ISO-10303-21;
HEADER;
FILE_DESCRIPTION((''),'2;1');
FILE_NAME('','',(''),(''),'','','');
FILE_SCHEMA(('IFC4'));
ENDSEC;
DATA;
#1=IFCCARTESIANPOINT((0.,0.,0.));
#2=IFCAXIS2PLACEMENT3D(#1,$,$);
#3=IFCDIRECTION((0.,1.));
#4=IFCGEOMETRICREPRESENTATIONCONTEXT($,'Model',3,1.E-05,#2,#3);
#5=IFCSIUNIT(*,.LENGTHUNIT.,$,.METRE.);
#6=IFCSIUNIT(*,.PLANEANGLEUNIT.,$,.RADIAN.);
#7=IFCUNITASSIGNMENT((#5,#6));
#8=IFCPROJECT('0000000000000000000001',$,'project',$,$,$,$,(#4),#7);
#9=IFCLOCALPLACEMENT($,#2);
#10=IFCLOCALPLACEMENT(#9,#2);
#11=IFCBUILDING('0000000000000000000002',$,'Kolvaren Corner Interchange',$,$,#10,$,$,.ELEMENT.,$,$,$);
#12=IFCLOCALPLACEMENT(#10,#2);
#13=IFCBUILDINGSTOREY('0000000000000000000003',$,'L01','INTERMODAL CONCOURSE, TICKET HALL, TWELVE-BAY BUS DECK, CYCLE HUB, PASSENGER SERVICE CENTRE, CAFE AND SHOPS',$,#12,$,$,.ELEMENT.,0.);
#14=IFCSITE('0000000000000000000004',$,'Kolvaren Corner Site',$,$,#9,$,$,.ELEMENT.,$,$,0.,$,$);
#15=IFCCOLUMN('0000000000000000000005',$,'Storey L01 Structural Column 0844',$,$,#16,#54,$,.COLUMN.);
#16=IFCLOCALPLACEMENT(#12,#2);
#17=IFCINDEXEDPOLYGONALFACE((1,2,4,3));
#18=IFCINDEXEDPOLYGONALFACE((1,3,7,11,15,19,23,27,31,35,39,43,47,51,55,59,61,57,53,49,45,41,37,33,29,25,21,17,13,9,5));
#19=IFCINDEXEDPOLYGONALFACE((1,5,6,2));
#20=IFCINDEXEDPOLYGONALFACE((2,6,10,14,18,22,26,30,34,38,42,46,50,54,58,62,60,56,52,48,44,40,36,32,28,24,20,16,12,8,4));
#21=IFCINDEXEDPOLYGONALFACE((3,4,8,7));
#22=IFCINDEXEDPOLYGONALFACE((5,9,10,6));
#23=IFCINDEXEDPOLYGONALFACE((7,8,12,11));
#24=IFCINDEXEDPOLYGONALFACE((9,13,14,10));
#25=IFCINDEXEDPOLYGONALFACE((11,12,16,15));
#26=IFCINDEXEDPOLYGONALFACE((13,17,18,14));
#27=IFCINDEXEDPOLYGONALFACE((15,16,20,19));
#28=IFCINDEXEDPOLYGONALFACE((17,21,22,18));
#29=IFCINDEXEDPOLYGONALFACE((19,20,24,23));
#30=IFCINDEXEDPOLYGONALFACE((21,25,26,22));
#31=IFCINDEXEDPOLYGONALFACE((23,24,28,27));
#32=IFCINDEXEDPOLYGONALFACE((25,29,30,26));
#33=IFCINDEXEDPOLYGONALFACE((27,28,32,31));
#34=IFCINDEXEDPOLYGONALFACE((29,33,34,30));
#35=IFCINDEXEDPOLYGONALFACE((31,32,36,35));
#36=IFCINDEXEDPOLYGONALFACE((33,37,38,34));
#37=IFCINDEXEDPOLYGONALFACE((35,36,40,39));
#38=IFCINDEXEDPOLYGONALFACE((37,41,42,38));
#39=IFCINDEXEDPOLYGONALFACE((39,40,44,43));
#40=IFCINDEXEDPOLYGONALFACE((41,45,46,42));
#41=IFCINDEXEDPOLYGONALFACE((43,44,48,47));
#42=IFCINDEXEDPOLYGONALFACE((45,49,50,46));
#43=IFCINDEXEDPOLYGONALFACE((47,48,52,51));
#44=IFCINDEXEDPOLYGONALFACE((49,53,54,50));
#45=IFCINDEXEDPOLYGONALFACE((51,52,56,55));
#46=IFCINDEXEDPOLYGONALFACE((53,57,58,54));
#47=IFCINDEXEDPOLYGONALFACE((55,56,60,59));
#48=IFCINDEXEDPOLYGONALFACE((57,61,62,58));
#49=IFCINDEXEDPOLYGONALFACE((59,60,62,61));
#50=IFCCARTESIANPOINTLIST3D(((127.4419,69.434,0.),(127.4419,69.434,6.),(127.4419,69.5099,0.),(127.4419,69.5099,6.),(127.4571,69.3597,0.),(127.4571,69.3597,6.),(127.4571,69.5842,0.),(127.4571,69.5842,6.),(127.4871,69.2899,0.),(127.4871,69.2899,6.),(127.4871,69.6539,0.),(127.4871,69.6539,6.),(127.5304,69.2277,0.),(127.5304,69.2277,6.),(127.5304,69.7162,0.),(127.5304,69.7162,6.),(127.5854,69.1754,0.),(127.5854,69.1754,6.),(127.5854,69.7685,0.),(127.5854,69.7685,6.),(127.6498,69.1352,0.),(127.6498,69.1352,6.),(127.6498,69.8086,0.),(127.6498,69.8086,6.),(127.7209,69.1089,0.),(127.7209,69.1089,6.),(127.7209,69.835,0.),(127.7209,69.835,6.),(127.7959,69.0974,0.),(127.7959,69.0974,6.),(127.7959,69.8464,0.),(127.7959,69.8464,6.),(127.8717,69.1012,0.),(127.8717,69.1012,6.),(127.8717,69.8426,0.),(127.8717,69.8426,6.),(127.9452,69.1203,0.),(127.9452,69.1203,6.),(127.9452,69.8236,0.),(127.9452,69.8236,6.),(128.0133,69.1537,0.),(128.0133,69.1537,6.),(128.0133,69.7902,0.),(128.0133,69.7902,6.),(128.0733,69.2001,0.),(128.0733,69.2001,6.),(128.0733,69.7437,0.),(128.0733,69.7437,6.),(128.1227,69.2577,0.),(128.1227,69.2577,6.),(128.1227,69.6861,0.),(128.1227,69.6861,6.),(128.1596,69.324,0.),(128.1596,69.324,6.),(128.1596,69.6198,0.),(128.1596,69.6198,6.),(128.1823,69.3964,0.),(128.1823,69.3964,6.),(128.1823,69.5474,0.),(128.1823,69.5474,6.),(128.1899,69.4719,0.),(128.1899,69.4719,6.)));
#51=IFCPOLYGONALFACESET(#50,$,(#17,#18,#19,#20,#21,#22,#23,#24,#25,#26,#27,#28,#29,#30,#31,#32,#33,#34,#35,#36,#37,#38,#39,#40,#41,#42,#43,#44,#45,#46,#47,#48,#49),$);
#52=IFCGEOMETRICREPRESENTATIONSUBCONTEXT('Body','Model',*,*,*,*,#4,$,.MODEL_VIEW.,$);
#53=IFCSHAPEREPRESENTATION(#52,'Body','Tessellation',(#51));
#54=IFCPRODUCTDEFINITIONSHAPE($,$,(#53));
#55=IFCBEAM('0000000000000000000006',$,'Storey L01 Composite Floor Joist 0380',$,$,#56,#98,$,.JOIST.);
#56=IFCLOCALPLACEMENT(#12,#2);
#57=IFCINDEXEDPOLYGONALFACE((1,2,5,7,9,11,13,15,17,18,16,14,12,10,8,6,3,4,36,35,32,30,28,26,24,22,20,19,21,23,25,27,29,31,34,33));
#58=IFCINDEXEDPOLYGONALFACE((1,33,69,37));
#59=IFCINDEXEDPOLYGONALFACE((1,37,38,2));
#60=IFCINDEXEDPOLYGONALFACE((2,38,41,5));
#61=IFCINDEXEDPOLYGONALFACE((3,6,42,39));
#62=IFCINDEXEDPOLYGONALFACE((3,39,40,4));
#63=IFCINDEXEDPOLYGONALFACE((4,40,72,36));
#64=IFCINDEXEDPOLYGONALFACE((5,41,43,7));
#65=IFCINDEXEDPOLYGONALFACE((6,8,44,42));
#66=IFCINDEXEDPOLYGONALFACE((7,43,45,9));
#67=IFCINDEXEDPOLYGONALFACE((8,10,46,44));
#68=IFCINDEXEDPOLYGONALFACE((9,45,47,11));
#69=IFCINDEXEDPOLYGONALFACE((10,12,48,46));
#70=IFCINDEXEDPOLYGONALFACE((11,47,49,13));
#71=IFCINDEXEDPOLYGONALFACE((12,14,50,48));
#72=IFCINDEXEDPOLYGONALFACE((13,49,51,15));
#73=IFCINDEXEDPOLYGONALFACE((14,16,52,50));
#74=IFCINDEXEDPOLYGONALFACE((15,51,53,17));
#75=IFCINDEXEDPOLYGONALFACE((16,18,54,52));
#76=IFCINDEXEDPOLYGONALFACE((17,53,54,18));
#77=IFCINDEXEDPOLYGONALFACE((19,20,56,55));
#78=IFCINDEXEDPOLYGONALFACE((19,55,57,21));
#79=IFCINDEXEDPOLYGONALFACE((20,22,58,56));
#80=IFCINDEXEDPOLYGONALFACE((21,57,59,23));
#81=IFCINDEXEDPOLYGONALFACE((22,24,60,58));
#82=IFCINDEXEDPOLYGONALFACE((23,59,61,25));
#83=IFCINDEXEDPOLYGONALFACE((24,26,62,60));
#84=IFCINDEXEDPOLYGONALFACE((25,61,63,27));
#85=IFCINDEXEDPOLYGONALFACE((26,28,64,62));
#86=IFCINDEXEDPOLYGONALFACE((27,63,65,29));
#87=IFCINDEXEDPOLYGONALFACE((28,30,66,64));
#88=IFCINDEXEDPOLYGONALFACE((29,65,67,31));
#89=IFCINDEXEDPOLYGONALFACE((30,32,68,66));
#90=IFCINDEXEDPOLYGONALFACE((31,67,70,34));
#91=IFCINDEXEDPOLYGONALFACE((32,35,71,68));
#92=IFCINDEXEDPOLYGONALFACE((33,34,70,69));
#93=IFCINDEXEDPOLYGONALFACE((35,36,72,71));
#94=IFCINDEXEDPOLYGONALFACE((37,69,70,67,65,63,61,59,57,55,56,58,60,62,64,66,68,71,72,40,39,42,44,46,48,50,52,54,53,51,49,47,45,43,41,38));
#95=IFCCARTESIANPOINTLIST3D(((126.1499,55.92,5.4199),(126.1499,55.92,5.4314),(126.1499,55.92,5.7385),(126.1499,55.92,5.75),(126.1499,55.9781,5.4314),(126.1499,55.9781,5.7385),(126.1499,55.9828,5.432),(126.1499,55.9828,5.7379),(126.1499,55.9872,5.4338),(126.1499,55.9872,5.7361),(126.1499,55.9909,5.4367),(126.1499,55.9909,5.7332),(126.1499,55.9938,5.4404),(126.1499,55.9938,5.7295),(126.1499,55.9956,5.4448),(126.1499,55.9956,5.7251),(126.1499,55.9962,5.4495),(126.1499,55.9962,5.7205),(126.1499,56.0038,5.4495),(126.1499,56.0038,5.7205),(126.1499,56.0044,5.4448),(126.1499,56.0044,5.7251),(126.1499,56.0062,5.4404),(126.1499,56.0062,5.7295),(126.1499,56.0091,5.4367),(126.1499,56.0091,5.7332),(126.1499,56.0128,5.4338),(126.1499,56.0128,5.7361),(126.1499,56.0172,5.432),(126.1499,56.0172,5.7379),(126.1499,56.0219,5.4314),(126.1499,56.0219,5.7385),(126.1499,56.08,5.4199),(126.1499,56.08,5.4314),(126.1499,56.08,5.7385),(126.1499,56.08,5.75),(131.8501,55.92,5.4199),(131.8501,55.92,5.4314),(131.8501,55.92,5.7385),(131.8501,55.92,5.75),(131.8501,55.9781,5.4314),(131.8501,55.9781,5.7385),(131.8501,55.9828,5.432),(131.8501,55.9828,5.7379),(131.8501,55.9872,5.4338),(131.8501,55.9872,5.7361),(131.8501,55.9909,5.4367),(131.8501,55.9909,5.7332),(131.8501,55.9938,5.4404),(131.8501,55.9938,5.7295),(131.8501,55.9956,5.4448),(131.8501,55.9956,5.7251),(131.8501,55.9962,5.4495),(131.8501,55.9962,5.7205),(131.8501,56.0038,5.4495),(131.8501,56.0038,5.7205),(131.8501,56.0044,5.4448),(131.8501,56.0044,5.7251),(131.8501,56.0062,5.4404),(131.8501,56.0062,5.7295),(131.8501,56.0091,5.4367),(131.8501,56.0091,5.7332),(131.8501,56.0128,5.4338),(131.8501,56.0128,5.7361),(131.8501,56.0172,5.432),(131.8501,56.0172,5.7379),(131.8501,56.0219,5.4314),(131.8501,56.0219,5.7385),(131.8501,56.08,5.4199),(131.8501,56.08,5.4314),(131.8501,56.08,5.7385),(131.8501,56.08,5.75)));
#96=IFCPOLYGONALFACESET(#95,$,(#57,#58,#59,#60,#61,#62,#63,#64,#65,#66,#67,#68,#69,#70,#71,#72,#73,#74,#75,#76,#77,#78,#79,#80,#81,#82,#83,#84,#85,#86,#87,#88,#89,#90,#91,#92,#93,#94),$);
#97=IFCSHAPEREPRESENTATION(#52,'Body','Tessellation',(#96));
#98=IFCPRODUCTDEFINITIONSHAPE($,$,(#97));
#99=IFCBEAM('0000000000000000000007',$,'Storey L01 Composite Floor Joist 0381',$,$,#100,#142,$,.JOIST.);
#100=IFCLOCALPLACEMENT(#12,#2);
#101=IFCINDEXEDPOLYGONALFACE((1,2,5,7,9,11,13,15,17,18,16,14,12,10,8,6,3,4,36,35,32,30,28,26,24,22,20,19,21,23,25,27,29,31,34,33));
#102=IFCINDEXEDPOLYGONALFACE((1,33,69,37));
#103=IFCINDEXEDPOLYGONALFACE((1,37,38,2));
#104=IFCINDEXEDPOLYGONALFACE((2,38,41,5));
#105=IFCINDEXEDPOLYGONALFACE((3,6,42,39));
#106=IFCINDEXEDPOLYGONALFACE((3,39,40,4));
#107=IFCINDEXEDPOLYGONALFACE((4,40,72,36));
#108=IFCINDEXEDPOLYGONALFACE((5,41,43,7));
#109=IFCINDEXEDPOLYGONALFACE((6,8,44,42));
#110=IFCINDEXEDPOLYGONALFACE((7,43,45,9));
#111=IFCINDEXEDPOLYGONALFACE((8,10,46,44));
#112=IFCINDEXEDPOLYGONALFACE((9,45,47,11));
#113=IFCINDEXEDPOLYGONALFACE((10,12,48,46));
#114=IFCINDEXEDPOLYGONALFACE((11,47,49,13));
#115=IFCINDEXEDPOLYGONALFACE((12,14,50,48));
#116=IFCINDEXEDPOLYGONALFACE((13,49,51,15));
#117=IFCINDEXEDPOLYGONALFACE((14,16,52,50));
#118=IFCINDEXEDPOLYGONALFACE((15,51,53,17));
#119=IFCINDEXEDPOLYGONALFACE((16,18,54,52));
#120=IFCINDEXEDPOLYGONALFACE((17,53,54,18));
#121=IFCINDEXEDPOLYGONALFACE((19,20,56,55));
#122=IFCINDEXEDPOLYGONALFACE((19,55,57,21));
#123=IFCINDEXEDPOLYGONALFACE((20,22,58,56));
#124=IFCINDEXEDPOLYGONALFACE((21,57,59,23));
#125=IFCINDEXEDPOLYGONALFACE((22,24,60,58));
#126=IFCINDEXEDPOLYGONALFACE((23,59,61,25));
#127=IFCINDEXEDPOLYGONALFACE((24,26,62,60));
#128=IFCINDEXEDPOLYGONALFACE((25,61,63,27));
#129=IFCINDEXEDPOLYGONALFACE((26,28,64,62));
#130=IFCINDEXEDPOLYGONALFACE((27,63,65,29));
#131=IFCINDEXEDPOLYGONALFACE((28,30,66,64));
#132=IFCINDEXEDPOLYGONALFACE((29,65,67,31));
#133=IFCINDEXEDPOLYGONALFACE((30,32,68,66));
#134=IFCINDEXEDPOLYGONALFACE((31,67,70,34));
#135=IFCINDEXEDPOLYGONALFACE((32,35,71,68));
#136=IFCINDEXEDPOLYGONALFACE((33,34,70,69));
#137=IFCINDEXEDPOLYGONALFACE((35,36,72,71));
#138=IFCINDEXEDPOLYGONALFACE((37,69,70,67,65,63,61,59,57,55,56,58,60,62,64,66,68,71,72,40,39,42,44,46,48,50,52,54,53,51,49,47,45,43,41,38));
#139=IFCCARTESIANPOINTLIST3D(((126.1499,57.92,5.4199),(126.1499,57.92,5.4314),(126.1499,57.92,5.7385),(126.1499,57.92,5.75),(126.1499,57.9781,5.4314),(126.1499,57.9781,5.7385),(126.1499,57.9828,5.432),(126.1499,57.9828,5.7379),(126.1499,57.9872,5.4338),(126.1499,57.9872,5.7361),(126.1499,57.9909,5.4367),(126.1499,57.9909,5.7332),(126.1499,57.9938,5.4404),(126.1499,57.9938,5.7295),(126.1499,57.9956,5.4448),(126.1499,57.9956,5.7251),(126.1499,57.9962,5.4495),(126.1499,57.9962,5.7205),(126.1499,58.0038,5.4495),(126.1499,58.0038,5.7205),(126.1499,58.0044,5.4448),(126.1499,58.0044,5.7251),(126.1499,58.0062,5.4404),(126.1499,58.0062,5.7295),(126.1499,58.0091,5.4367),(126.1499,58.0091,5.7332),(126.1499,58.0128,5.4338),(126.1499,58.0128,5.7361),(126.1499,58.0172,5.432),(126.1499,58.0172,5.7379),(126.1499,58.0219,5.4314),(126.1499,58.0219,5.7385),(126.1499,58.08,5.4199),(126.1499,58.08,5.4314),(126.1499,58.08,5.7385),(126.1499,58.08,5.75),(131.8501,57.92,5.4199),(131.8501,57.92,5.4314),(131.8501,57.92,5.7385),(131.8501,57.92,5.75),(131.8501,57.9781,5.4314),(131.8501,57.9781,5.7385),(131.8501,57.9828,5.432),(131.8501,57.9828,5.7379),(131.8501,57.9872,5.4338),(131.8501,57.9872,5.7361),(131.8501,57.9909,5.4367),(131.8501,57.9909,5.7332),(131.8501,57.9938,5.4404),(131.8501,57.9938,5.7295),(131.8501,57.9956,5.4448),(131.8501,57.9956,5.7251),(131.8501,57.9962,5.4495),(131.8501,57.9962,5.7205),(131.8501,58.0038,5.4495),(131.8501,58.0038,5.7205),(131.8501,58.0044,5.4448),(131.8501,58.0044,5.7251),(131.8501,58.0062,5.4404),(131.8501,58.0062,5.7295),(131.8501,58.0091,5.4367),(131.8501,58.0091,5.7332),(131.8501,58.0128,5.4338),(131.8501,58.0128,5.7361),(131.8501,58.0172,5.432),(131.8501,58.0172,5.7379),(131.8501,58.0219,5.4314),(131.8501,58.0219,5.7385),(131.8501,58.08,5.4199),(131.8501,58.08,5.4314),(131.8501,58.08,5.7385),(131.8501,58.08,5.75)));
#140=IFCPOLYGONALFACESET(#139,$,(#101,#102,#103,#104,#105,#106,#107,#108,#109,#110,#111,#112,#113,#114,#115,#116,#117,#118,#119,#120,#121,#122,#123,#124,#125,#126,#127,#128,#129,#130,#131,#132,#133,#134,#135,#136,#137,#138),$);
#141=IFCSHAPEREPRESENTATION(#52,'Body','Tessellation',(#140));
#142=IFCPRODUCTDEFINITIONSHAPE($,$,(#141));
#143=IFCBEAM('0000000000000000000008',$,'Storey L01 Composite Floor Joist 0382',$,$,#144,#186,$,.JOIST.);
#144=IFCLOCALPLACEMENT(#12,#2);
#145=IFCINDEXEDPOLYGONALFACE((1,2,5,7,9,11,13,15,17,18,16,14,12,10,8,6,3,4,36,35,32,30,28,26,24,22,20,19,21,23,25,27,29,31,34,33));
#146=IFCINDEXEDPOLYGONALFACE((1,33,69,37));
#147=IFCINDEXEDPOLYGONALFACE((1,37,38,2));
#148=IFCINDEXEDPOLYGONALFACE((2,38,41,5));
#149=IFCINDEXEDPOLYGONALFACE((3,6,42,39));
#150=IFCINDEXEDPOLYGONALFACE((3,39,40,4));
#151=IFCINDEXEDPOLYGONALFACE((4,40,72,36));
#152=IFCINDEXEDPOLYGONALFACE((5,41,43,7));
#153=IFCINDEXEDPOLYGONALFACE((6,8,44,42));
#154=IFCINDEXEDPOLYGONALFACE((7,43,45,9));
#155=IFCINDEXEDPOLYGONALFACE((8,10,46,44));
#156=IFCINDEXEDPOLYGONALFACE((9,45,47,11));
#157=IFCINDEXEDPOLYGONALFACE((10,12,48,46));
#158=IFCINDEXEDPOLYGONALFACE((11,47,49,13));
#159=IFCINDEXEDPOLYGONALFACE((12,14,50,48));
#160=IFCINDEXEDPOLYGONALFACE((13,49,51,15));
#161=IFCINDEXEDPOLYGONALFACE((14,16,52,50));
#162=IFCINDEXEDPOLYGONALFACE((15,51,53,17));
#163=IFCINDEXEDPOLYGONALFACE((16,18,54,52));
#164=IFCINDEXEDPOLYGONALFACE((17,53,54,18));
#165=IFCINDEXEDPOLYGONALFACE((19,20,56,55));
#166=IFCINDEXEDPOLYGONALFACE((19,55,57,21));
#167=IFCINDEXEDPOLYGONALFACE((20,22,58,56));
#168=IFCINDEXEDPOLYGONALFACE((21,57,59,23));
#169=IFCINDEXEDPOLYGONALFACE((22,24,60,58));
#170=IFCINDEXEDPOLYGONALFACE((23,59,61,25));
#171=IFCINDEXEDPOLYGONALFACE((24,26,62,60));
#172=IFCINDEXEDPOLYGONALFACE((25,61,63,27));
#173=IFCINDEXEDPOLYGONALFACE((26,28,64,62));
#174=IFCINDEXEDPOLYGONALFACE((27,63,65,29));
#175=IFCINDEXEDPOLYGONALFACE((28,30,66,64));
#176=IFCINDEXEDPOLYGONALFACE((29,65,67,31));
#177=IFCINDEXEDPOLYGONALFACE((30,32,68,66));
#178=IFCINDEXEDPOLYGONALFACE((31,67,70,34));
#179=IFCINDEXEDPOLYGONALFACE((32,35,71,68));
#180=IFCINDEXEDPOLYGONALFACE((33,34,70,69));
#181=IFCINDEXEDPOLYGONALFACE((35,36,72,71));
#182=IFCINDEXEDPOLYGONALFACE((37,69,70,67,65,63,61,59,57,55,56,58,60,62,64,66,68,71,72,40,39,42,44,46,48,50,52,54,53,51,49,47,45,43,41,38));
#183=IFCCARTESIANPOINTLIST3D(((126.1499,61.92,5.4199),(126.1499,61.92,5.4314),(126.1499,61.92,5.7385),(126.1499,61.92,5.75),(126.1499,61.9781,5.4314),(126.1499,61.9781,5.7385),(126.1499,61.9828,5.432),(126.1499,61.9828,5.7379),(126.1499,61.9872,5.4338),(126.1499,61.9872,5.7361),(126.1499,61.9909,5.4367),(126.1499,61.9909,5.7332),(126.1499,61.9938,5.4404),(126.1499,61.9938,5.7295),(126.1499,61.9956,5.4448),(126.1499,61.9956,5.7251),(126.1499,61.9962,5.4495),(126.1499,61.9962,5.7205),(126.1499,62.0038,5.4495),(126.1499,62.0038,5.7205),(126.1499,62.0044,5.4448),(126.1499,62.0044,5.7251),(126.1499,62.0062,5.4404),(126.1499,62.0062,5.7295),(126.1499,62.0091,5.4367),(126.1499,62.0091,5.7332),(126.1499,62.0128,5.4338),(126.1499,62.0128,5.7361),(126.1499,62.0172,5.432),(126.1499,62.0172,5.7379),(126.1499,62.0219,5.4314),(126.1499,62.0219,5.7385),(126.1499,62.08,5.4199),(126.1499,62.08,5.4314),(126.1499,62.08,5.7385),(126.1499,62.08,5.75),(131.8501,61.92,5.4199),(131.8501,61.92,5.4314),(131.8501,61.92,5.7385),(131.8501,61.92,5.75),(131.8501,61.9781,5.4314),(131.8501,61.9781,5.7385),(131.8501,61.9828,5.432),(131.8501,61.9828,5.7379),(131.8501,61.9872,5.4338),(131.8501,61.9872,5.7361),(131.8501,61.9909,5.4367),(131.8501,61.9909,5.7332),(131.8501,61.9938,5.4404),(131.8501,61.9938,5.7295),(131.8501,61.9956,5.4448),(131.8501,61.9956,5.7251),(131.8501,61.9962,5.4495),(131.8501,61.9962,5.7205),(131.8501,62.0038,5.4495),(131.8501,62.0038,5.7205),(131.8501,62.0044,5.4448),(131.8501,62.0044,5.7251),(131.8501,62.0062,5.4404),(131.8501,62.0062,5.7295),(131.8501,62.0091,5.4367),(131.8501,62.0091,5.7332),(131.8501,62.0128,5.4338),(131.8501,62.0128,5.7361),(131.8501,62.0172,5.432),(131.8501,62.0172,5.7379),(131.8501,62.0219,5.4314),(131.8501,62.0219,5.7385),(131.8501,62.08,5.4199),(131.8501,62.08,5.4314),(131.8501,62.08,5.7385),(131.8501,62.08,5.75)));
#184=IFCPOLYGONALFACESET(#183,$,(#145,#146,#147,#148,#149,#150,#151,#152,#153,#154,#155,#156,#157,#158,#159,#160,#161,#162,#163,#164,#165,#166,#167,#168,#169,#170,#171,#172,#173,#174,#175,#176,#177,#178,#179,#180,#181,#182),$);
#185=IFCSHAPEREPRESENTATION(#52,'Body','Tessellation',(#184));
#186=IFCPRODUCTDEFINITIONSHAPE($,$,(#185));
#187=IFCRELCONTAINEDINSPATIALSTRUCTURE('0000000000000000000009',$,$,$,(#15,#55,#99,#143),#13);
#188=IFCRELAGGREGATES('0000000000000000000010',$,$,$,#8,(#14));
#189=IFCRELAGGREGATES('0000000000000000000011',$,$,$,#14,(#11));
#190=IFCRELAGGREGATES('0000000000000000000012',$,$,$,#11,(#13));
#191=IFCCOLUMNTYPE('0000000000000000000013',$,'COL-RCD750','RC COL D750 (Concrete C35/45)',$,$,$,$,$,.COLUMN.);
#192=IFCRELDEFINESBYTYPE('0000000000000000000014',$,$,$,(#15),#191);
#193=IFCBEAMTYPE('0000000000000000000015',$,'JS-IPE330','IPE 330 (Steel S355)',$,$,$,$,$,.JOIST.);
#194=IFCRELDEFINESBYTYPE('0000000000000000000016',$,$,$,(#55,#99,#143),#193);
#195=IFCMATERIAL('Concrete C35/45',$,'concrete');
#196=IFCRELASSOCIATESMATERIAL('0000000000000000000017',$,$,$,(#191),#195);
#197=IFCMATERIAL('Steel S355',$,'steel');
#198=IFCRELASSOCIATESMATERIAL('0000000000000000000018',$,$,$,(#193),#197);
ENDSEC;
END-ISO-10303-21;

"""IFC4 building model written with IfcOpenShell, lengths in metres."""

from ifc_helpers import new_model, si_unit, direction, frame, origin, origin_2d, place, context, subcontext, project, spatial, circle, i_section, extrude, material, material_profile, profile_set, type_object, element, save


model = new_model("IFC4")

# Units and contexts
model_context = context("Model", 3, precision=1e-05, world=origin(), true_north=direction((0.0, 1.0)))
body_context = subcontext(model_context, "Body", "Model", "MODEL_VIEW")
ifc_project = project(units=[si_unit("LENGTHUNIT", "METRE"), si_unit("PLANEANGLEUNIT", "RADIAN")], contexts=[model_context])

# Site, building, storey
site_placement = place(None, origin())
site = spatial("IfcSite", under=ifc_project, at=site_placement, Name="Kolvaren Corner Site", CompositionType="ELEMENT", RefElevation=0.0)
building_placement = place(site_placement, origin())
building = spatial("IfcBuilding", under=site, at=building_placement, Name="Kolvaren Corner Interchange", CompositionType="ELEMENT")
storey_placement = place(building_placement, origin())
storey = spatial("IfcBuildingStorey", under=building, at=storey_placement, Name="L01", Description="INTERMODAL CONCOURSE, TICKET HALL, TWELVE-BAY BUS DECK, CYCLE HUB, PASSENGER SERVICE CENTRE, CAFE AND SHOPS", CompositionType="ELEMENT", Elevation=0.0)

# Column
ifc_material_1 = material(Name="Concrete C35/45", Category="concrete")
ifc_material_profile_1 = material_profile(ifc_material_1, circle(Radius=0.375, at=origin_2d()), Name="RC COL D750")
ifc_profile_set_1 = profile_set([ifc_material_profile_1], Name="Concrete C35/45")
column_type = type_object("IfcColumnType", Name="COL-RCD750", Description="RC COL D750 (Concrete C35/45)", PredefinedType="COLUMN", material=ifc_profile_set_1)
column_placement = place(storey_placement, frame((127.8149, 69.4719, 0.0), z_axis=(0.0, 0.0, 1.0), x_axis=(1.0, 0.0, 0.0)))
element("IfcColumn", 1, at=column_placement, inside=storey, type_object=column_type, Name="Storey L01 Structural Column 0844", PredefinedType="COLUMN", context=body_context, shape_type="SweptSolid", body=[
    extrude(circle(Radius=0.375, at=origin_2d()), origin(), (0.0, 0.0, 1.0), 6.0),
])

# Beams
ifc_material_2 = material(Name="Steel S355", Category="steel")
ifc_material_profile_2 = material_profile(ifc_material_2, i_section(OverallWidth=0.1599, OverallDepth=0.3301, WebThickness=0.0076, FlangeThickness=0.0115, FilletRadius=0.0181, at=origin_2d()), Name="IPE 330")
ifc_profile_set_2 = profile_set([ifc_material_profile_2], Name="Steel S355")
beam_type = type_object("IfcBeamType", Name="JS-IPE330", Description="IPE 330 (Steel S355)", PredefinedType="JOIST", material=ifc_profile_set_2)
for number, where, z_axis, x_axis, name in (
    (2, (126.1499, 56.0, 5.585), (1.0, 0.0, 0.0), (0.0, 1.0, 0.0), "Storey L01 Composite Floor Joist 0380"),
    (3, (126.1499, 58.0, 5.585), (1.0, 0.0, 0.0), (0.0, 1.0, 0.0), "Storey L01 Composite Floor Joist 0381"),
    (4, (126.1499, 62.0, 5.585), (1.0, 0.0, 0.0), (0.0, 1.0, 0.0), "Storey L01 Composite Floor Joist 0382"),
):
    element("IfcBeam", number, at=place(storey_placement, frame(where, z_axis=z_axis, x_axis=x_axis)), inside=storey, type_object=beam_type, Name=name, PredefinedType="JOIST", context=body_context, shape_type="SweptSolid", body=[
        extrude(i_section(OverallWidth=0.1599, OverallDepth=0.3301, WebThickness=0.0076, FlangeThickness=0.0115, FilletRadius=0.0181, at=origin_2d()), origin(), (0.0, 0.0, 1.0), 5.7002),
    ])

save(model, "model.ifc")
